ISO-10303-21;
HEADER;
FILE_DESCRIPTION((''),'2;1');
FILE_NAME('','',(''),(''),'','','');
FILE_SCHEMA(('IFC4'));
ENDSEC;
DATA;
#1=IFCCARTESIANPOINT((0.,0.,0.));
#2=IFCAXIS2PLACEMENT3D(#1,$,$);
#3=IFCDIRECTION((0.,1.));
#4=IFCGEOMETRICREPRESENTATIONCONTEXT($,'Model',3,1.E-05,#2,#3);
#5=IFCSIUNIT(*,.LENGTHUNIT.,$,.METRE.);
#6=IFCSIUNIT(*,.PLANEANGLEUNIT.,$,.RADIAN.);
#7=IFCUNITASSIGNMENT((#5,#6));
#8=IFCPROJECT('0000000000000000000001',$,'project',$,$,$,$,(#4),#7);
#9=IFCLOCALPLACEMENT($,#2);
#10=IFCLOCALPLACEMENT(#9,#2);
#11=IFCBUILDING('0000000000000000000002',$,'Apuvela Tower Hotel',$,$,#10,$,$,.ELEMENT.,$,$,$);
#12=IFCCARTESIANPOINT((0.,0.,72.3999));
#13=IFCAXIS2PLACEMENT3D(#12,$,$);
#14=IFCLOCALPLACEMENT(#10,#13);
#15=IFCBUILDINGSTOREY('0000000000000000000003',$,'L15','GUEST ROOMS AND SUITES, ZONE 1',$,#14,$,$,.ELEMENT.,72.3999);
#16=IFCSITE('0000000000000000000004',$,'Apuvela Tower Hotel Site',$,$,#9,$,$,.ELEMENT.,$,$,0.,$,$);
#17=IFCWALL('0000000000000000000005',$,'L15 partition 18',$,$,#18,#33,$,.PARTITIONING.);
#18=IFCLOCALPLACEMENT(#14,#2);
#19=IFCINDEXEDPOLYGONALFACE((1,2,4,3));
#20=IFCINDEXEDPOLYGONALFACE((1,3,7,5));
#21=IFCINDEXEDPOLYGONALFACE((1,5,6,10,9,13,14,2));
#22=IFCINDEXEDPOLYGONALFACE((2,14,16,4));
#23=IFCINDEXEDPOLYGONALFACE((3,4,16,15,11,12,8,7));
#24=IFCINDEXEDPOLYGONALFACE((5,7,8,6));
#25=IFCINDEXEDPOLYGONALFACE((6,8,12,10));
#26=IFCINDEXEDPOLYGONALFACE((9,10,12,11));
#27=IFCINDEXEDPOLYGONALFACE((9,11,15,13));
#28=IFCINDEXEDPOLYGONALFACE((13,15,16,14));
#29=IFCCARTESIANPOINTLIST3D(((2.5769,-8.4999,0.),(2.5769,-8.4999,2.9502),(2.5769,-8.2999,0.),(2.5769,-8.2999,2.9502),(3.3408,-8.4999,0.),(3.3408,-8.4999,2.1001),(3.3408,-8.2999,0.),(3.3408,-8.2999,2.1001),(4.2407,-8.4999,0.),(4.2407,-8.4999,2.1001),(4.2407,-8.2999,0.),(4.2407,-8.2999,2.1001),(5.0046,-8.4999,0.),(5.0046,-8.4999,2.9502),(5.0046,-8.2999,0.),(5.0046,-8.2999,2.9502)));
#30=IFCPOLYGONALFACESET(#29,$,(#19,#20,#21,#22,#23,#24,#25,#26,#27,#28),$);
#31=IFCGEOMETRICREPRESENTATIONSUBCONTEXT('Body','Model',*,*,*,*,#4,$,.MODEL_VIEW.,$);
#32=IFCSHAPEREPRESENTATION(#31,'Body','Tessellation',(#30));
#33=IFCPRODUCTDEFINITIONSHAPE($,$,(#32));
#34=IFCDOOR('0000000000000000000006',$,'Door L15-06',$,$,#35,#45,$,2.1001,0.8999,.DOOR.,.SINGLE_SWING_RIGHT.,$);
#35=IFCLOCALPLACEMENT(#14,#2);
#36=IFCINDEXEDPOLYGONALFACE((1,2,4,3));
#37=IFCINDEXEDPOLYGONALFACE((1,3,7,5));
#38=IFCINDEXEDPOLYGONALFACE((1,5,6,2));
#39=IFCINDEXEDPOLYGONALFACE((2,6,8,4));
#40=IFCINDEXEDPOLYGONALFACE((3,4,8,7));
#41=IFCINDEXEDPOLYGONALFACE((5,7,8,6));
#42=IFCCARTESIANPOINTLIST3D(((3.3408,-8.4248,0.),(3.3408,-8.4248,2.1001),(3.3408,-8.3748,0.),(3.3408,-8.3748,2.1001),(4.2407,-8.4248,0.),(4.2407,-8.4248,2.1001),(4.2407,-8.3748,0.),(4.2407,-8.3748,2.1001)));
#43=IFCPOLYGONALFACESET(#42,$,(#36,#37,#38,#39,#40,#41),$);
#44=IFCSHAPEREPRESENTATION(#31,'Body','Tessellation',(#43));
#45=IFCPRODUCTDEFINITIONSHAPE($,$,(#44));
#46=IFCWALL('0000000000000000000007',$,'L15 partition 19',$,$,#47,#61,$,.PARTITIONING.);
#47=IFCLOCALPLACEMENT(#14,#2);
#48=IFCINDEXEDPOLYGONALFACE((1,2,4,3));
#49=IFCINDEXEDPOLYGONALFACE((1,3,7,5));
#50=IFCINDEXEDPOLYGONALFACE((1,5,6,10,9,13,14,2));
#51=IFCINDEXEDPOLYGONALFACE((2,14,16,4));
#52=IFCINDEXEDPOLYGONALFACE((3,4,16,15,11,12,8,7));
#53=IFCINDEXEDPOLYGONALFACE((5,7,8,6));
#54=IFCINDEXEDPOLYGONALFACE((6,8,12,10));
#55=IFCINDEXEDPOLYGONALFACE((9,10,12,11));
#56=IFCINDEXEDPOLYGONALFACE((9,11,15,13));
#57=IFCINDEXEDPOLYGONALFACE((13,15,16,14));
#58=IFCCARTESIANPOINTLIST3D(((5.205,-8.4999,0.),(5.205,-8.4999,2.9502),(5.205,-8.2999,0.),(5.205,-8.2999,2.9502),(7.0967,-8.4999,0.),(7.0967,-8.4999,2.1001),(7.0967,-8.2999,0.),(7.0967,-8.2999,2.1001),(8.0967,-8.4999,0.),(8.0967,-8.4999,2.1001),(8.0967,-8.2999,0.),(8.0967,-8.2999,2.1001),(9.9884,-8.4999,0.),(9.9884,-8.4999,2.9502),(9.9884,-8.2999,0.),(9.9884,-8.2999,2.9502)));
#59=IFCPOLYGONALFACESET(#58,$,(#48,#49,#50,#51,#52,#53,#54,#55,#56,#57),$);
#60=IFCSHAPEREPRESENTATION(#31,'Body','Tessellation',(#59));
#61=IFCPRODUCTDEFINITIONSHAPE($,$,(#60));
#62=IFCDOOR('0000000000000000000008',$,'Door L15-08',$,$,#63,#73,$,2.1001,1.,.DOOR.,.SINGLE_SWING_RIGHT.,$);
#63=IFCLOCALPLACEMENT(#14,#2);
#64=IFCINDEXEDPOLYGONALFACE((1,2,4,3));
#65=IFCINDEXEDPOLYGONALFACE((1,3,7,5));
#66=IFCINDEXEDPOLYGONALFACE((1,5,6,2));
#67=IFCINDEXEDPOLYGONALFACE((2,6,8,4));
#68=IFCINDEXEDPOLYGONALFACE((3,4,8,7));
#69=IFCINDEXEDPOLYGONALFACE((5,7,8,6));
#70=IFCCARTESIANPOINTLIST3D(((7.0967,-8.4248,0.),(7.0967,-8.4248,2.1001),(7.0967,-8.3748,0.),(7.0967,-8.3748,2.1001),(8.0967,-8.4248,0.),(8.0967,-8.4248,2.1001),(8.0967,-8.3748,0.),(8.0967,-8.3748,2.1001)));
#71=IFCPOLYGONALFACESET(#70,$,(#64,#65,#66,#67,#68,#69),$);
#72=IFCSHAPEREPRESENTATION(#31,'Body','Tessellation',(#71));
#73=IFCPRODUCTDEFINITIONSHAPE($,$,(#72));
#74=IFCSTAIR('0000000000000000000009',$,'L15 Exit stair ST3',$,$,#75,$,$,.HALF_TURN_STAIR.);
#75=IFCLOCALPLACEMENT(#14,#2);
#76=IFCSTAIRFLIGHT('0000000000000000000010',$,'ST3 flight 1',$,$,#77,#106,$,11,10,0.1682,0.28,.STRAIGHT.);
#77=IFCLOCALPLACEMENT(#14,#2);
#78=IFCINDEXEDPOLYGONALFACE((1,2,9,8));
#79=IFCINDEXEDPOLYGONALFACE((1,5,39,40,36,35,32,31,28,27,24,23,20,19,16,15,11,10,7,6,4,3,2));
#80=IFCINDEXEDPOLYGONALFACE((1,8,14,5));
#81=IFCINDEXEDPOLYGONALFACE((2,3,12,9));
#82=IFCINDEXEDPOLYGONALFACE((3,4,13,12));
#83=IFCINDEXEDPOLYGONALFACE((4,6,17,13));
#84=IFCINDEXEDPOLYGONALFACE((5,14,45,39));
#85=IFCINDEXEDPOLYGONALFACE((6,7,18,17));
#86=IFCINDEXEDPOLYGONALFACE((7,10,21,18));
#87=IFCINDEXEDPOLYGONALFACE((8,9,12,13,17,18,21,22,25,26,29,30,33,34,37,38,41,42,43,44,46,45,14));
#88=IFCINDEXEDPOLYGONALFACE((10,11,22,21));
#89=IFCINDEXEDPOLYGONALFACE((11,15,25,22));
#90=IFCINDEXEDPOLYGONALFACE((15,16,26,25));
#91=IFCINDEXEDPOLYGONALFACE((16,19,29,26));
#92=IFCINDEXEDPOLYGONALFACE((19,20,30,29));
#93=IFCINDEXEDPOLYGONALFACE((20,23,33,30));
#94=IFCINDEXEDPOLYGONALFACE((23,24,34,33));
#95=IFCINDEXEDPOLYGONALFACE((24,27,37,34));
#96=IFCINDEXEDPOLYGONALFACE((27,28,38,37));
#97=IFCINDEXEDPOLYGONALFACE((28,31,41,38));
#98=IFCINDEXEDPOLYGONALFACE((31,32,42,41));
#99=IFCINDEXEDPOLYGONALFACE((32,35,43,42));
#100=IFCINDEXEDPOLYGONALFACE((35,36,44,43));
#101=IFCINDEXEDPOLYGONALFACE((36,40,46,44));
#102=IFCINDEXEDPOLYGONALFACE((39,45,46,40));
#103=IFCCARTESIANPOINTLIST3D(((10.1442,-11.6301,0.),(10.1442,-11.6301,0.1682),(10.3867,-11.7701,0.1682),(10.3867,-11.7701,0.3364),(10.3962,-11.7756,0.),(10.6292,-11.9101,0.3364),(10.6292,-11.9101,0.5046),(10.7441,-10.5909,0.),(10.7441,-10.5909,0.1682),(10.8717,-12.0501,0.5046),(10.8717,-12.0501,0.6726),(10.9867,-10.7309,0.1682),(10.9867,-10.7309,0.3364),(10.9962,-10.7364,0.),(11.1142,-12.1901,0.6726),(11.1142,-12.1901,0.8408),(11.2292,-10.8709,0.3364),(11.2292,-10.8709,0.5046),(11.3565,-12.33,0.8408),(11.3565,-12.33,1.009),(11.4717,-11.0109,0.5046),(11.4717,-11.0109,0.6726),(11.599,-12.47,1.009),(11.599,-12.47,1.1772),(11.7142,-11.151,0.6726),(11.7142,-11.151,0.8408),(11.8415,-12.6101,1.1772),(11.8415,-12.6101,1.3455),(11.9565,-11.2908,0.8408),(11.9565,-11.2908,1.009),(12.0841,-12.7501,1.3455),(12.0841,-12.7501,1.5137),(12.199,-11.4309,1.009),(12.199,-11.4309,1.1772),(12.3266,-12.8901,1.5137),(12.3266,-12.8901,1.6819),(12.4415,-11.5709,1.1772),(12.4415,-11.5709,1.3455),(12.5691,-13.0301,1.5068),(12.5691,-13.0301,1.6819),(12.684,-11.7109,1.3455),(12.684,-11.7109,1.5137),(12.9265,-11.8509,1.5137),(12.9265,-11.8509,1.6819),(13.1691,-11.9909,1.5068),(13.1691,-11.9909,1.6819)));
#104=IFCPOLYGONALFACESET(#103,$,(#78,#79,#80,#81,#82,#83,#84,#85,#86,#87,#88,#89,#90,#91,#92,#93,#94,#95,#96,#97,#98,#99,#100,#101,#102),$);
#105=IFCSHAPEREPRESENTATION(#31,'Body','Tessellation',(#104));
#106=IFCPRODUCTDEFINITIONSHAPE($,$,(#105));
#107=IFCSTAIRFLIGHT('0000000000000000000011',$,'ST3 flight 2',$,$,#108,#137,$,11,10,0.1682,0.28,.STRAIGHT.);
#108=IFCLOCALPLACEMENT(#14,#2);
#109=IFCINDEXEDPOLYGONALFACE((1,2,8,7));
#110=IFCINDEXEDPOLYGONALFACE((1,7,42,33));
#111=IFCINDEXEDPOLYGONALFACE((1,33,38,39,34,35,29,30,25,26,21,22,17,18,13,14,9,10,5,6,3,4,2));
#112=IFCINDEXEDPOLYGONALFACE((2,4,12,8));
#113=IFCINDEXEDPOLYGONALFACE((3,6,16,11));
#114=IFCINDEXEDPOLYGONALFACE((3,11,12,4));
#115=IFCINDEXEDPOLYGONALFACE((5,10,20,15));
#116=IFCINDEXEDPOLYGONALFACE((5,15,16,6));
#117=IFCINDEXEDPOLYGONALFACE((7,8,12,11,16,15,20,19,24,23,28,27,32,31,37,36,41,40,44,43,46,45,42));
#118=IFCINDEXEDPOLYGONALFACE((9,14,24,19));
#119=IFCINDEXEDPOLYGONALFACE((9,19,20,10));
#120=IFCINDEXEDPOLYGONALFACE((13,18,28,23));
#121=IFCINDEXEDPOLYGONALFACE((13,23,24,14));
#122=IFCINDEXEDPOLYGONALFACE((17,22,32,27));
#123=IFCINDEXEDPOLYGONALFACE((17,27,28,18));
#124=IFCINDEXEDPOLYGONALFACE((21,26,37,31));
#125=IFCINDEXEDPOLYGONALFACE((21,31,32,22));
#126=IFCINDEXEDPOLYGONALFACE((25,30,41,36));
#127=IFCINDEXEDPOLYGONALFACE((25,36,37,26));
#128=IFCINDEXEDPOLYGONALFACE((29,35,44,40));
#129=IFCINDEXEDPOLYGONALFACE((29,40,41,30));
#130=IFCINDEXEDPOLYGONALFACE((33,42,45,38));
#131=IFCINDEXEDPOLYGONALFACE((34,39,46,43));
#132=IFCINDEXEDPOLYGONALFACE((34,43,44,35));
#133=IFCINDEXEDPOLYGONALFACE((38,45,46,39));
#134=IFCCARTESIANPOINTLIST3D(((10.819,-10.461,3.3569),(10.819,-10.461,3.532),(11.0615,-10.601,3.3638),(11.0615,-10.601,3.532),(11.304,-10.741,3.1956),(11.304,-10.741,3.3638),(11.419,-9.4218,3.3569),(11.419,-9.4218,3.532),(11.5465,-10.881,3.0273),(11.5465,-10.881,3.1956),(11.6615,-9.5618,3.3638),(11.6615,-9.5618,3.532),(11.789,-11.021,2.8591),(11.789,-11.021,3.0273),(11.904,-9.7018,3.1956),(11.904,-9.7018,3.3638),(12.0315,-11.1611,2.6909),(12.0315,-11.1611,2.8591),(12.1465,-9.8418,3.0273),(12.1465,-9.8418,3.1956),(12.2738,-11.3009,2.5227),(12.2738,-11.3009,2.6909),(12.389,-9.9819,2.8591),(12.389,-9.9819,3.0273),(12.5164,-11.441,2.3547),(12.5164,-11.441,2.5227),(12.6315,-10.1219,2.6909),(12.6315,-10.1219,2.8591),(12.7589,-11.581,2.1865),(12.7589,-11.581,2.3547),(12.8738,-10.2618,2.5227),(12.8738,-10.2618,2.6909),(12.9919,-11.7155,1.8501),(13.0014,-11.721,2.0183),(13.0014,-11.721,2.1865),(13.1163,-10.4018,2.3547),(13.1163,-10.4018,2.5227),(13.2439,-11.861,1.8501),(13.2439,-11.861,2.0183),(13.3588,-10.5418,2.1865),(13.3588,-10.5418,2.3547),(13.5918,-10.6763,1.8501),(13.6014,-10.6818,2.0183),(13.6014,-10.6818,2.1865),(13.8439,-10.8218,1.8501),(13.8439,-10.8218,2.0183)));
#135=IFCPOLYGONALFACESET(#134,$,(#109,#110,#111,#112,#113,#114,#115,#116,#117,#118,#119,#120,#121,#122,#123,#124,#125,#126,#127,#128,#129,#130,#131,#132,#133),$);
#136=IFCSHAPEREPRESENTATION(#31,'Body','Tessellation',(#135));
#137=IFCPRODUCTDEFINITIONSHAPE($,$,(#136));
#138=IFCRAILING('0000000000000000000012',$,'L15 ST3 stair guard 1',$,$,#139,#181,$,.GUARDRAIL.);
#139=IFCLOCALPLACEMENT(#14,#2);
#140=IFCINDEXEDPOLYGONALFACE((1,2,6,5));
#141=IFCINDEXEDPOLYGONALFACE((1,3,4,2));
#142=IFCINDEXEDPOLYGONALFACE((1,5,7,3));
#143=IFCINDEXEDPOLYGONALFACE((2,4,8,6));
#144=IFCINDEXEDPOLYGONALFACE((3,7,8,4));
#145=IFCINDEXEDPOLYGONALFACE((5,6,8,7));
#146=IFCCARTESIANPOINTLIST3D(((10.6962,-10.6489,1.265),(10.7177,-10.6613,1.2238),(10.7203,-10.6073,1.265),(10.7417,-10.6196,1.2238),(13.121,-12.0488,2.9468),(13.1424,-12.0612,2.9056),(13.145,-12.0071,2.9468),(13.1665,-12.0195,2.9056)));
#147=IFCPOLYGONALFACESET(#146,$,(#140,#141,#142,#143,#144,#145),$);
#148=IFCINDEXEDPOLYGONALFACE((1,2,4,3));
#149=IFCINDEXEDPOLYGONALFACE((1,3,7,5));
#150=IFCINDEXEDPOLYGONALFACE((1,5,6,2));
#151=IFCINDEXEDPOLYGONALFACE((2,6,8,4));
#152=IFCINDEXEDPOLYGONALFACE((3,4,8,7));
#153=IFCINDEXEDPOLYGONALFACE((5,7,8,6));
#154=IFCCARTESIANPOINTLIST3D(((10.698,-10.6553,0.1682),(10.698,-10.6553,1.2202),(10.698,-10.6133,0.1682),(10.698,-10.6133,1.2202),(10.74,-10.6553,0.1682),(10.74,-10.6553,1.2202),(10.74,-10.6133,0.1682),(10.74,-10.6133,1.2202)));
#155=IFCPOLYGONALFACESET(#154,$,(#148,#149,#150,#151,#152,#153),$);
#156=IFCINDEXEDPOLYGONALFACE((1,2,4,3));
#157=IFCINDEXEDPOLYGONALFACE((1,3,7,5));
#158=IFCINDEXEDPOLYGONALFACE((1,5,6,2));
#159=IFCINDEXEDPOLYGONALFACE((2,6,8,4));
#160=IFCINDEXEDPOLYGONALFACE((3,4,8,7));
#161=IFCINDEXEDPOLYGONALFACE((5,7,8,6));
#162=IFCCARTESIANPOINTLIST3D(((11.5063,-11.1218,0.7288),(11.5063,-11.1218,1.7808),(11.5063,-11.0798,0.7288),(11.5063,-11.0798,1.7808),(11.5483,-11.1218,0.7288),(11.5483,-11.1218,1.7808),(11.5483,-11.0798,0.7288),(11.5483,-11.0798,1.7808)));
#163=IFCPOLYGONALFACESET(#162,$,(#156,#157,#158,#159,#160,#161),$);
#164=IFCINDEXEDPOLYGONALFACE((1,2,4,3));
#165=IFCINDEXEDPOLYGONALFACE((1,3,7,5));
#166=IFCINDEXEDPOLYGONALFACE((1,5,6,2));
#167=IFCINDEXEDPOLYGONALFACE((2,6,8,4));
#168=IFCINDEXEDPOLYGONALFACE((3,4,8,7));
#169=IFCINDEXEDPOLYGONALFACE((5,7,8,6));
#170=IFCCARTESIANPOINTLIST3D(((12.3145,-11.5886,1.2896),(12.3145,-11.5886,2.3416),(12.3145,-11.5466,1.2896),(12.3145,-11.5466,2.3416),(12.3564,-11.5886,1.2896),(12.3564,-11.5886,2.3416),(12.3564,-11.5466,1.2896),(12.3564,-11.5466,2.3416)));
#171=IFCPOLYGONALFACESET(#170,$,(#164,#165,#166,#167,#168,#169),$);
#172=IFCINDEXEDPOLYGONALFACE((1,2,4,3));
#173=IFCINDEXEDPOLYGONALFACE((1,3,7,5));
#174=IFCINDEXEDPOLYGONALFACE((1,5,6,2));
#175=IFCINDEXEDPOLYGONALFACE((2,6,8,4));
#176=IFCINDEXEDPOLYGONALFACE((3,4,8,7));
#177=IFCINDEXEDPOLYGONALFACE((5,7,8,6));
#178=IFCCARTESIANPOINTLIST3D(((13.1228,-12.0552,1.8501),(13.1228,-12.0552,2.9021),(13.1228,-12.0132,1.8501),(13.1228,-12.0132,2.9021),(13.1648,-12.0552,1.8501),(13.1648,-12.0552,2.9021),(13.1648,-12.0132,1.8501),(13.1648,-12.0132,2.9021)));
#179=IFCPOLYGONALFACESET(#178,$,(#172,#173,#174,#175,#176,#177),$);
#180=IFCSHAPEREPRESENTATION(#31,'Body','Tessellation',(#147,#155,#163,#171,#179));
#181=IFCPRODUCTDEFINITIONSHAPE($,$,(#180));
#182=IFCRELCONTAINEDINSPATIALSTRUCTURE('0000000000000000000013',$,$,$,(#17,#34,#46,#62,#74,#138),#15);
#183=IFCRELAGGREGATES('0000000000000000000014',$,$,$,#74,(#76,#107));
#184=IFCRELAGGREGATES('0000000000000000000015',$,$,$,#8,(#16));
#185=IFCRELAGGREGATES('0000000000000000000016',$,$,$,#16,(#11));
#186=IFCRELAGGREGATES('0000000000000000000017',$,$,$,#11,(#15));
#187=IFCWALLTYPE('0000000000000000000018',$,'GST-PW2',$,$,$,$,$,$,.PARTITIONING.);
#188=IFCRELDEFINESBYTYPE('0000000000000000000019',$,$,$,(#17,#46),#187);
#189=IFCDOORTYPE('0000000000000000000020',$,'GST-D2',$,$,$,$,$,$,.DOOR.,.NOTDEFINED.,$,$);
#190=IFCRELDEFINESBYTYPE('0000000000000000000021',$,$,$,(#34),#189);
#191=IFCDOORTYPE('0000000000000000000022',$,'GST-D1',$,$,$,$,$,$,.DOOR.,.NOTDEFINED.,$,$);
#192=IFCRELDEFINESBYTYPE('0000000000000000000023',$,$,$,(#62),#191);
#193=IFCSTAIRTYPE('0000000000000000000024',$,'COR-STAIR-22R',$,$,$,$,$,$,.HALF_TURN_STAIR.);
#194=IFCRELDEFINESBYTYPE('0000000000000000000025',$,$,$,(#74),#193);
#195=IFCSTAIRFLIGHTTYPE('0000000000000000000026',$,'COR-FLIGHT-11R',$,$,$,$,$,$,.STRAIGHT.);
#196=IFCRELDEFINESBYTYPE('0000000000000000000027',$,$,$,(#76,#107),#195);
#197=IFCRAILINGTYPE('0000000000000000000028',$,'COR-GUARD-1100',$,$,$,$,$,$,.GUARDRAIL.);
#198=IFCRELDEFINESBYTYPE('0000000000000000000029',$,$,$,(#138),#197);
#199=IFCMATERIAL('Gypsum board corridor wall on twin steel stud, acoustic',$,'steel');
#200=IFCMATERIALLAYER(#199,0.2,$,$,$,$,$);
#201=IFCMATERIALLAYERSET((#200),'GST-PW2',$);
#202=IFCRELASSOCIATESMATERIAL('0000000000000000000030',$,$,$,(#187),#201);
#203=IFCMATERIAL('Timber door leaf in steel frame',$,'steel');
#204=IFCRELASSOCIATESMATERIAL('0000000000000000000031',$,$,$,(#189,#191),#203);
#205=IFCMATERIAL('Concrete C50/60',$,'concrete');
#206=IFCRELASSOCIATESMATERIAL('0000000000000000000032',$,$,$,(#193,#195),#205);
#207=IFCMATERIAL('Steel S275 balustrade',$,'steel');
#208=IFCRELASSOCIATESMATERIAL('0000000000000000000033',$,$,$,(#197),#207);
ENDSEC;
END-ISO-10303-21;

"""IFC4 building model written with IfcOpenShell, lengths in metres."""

from ifc_helpers import new_model, si_unit, direction, frame, frame_2d, origin, origin_2d, place, context, subcontext, project, spatial, polyline, rectangle, outline, extrude, material, layer, layer_set, type_object, element, fill, aggregate, save


model = new_model("IFC4")

# Units and contexts
model_context = context("Model", 3, precision=1e-05, world=origin(), true_north=direction((0.0, 1.0)))
body_context = subcontext(model_context, "Body", "Model", "MODEL_VIEW")
ifc_project = project(units=[si_unit("LENGTHUNIT", "METRE"), si_unit("PLANEANGLEUNIT", "RADIAN")], contexts=[model_context])

# Site, building, storey
site_placement = place(None, origin())
site = spatial("IfcSite", under=ifc_project, at=site_placement, Name="Apuvela Tower Hotel Site", CompositionType="ELEMENT", RefElevation=0.0)
building_placement = place(site_placement, origin())
building = spatial("IfcBuilding", under=site, at=building_placement, Name="Apuvela Tower Hotel", CompositionType="ELEMENT")
storey_placement = place(building_placement, frame((0.0, 0.0, 72.3999)))
storey = spatial("IfcBuildingStorey", under=building, at=storey_placement, Name="L15", Description="GUEST ROOMS AND SUITES, ZONE 1", CompositionType="ELEMENT", Elevation=72.3999)

# Shared definitions
ifc_material_1 = material(Name="Concrete C50/60", Category="concrete")

# Walls, openings, doors
ifc_material_2 = material(Name="Gypsum board corridor wall on twin steel stud, acoustic", Category="steel")
ifc_layer_1 = layer(ifc_material_2, 0.2)
ifc_layer_set_1 = layer_set([ifc_layer_1], Name="GST-PW2")
wall_type_1 = type_object("IfcWallType", Name="GST-PW2", PredefinedType="PARTITIONING", material=ifc_layer_set_1)
ifc_material_3 = material(Name="Timber door leaf in steel frame", Category="steel")
door_type_1 = type_object("IfcDoorType", Name="GST-D2", OperationType="NOTDEFINED", PredefinedType="DOOR", material=ifc_material_3)
wall_1_placement = place(storey_placement, frame((5.0046, -8.3999, 0.0), z_axis=(0.0, 0.0, 1.0), x_axis=(-1.0, 0.0, 0.0)))
wall_1 = element("IfcWall", 1, at=wall_1_placement, inside=storey, type_object=wall_type_1, Name="L15 partition 18", PredefinedType="PARTITIONING", context=body_context, shape_type="SweptSolid", body=[
    extrude(rectangle(XDim=2.4277, YDim=0.2, at=frame_2d((1.2139, 0.0))), origin(), (0.0, 0.0, 1.0), 2.9502),
])
opening_1_placement = place(wall_1_placement, frame((0.7639, 0.0, 0.0)))
opening_1 = element("IfcOpeningElement", 2, at=opening_1_placement, cuts=wall_1, PredefinedType="OPENING", context=body_context, shape_type="SweptSolid", body=[
    extrude(rectangle(XDim=0.8999, YDim=2.1001, at=frame_2d((0.45, 1.05))), frame((0.0, 0.1099, 0.0), z_axis=(0.0, -1.0, 0.0), x_axis=(1.0, 0.0, 0.0)), (0.0, 0.0, 1.0), 0.22),
])
door_1_placement = place(opening_1_placement, origin())
door_1 = element("IfcDoor", 3, at=door_1_placement, inside=storey, type_object=door_type_1, Name="Door L15-06", OperationType="SINGLE_SWING_RIGHT", OverallHeight=2.1001, OverallWidth=0.8999, PredefinedType="DOOR", context=body_context, shape_type="SweptSolid", body=[
    extrude(rectangle(XDim=0.8999, YDim=2.1001, at=frame_2d((0.45, 1.05))), frame((0.0, 0.0249, 0.0), z_axis=(0.0, -1.0, 0.0), x_axis=(1.0, 0.0, 0.0)), (0.0, 0.0, 1.0), 0.05),
])
fill(opening_1, door_1)
wall_2_placement = place(storey_placement, frame((9.9883, -8.3999, 0.0), z_axis=(0.0, 0.0, 1.0), x_axis=(-1.0, 0.0, 0.0)))
wall_2 = element("IfcWall", 4, at=wall_2_placement, inside=storey, type_object=wall_type_1, Name="L15 partition 19", PredefinedType="PARTITIONING", context=body_context, shape_type="SweptSolid", body=[
    extrude(rectangle(XDim=4.7834, YDim=0.2, at=frame_2d((2.3916, 0.0))), origin(), (0.0, 0.0, 1.0), 2.9502),
])
opening_2_placement = place(wall_2_placement, frame((1.8916, 0.0, 0.0)))
opening_2 = element("IfcOpeningElement", 5, at=opening_2_placement, cuts=wall_2, PredefinedType="OPENING", context=body_context, shape_type="SweptSolid", body=[
    extrude(rectangle(XDim=1.0, YDim=2.1001, at=frame_2d((0.5, 1.05))), frame((0.0, 0.1099, 0.0), z_axis=(0.0, -1.0, 0.0), x_axis=(1.0, 0.0, 0.0)), (0.0, 0.0, 1.0), 0.22),
])
door_type_2 = type_object("IfcDoorType", Name="GST-D1", OperationType="NOTDEFINED", PredefinedType="DOOR", material=ifc_material_3)
door_2_placement = place(opening_2_placement, origin())
door_2 = element("IfcDoor", 6, at=door_2_placement, inside=storey, type_object=door_type_2, Name="Door L15-08", OperationType="SINGLE_SWING_RIGHT", OverallHeight=2.1001, OverallWidth=1.0, PredefinedType="DOOR", context=body_context, shape_type="SweptSolid", body=[
    extrude(rectangle(XDim=1.0, YDim=2.1001, at=frame_2d((0.5, 1.05))), frame((0.0, 0.0249, 0.0), z_axis=(0.0, -1.0, 0.0), x_axis=(1.0, 0.0, 0.0)), (0.0, 0.0, 1.0), 0.05),
])
fill(opening_2, door_2)

# Stair, stair flights
stair_type = type_object("IfcStairType", Name="COR-STAIR-22R", PredefinedType="HALF_TURN_STAIR", material=ifc_material_1)
stair_placement = place(storey_placement, origin())
stair = element("IfcStair", 7, at=stair_placement, inside=storey, type_object=stair_type, Name="L15 Exit stair ST3", PredefinedType="HALF_TURN_STAIR")
stair_flight_type = type_object("IfcStairFlightType", Name="COR-FLIGHT-11R", PredefinedType="STRAIGHT", material=ifc_material_1)
stair_flight_1_placement = place(storey_placement, frame((10.4441, -11.1106, 0.0), z_axis=(0.0, 0.0, 1.0), x_axis=(0.866025, -0.5, 0.0)))
stair_flight_1 = element("IfcStairFlight", 8, at=stair_flight_1_placement, type_object=stair_flight_type, Name="ST3 flight 1", NumberOfRisers=11, NumberOfTreads=10, PredefinedType="STRAIGHT", RiserHeight=0.1682, TreadLength=0.28, context=body_context, shape_type="SweptSolid", body=[
    extrude(outline(polyline([(0.0, 0.0), (0.0, 0.1682), (0.28, 0.1682), (0.28, 0.3364), (0.5601, 0.3364), (0.5601, 0.5046), (0.8401, 0.5046), (0.8401, 0.6726), (1.1201, 0.6726), (1.1201, 0.8408), (1.3999, 0.8408), (1.3999, 1.009), (1.6799, 1.009), (1.6799, 1.1772), (1.96, 1.1772), (1.96, 1.3455), (2.24, 1.3455), (2.24, 1.5137), (2.52, 1.5137), (2.52, 1.6819), (2.8, 1.6819), (2.8, 1.8501), (2.8, 1.5068), (0.291, 0.0), (0.0, 0.0)])), frame((0.0, 0.6001, 0.0), z_axis=(0.0, -1.0, 0.0), x_axis=(1.0, 0.0, 0.0)), (0.0, 0.0, 1.0), 1.2),
])
stair_flight_2_placement = place(storey_placement, frame((13.5439, -11.3413, 1.8501), z_axis=(0.0, 0.0, 1.0), x_axis=(-0.866025, 0.5, 0.0)))
stair_flight_2 = element("IfcStairFlight", 9, at=stair_flight_2_placement, type_object=stair_flight_type, Name="ST3 flight 2", NumberOfRisers=11, NumberOfTreads=10, PredefinedType="STRAIGHT", RiserHeight=0.1682, TreadLength=0.28, context=body_context, shape_type="SweptSolid", body=[
    extrude(outline(polyline([(0.0, 0.0), (0.0, 0.1682), (0.28, 0.1682), (0.28, 0.3364), (0.5601, 0.3364), (0.5601, 0.5046), (0.8401, 0.5046), (0.8401, 0.6726), (1.1201, 0.6726), (1.1201, 0.8408), (1.3999, 0.8408), (1.3999, 1.009), (1.6799, 1.009), (1.6799, 1.1772), (1.96, 1.1772), (1.96, 1.3455), (2.24, 1.3455), (2.24, 1.5137), (2.52, 1.5137), (2.52, 1.6819), (2.8, 1.6819), (2.8, 1.8501), (2.8, 1.5068), (0.291, 0.0), (0.0, 0.0)])), frame((0.0, 0.6001, 0.0), z_axis=(0.0, -1.0, 0.0), x_axis=(1.0, 0.0, 0.0)), (0.0, 0.0, 1.0), 1.2),
])
aggregate(stair, [stair_flight_1, stair_flight_2])

# Railing
ifc_material_4 = material(Name="Steel S275 balustrade", Category="steel")
railing_type_1 = type_object("IfcRailingType", Name="COR-GUARD-1100", PredefinedType="GUARDRAIL", material=ifc_material_4)
railing_1_placement = place(storey_placement, frame((10.719, -10.6343, 0.1682)))
element("IfcRailing", 10, at=railing_1_placement, inside=storey, type_object=railing_type_1, Name="L15 ST3 stair guard 1", PredefinedType="GUARDRAIL", context=body_context, shape_type="SweptSolid", body=[
    extrude(rectangle(XDim=0.0481, YDim=0.0481, at=origin_2d()), frame((0.0, 0.0, 1.0762), z_axis=(0.74239, -0.428601, 0.514934), x_axis=(0.499984, 0.866035, 0.0)), (0.0, 0.0, 1.0), 3.2661),
    extrude(rectangle(XDim=0.042, YDim=0.042, at=origin_2d()), origin(), (0.0, 0.0, 1.0), 1.052),
    extrude(rectangle(XDim=0.042, YDim=0.042, at=origin_2d()), frame((0.8083, -0.4666, 0.5605)), (0.0, 0.0, 1.0), 1.052),
    extrude(rectangle(XDim=0.042, YDim=0.042, at=origin_2d()), frame((1.6165, -0.9333, 1.1213)), (0.0, 0.0, 1.0), 1.052),
    extrude(rectangle(XDim=0.042, YDim=0.042, at=origin_2d()), frame((2.4248, -1.3999, 1.6819)), (0.0, 0.0, 1.0), 1.052),
])

save(model, "model.ifc")
